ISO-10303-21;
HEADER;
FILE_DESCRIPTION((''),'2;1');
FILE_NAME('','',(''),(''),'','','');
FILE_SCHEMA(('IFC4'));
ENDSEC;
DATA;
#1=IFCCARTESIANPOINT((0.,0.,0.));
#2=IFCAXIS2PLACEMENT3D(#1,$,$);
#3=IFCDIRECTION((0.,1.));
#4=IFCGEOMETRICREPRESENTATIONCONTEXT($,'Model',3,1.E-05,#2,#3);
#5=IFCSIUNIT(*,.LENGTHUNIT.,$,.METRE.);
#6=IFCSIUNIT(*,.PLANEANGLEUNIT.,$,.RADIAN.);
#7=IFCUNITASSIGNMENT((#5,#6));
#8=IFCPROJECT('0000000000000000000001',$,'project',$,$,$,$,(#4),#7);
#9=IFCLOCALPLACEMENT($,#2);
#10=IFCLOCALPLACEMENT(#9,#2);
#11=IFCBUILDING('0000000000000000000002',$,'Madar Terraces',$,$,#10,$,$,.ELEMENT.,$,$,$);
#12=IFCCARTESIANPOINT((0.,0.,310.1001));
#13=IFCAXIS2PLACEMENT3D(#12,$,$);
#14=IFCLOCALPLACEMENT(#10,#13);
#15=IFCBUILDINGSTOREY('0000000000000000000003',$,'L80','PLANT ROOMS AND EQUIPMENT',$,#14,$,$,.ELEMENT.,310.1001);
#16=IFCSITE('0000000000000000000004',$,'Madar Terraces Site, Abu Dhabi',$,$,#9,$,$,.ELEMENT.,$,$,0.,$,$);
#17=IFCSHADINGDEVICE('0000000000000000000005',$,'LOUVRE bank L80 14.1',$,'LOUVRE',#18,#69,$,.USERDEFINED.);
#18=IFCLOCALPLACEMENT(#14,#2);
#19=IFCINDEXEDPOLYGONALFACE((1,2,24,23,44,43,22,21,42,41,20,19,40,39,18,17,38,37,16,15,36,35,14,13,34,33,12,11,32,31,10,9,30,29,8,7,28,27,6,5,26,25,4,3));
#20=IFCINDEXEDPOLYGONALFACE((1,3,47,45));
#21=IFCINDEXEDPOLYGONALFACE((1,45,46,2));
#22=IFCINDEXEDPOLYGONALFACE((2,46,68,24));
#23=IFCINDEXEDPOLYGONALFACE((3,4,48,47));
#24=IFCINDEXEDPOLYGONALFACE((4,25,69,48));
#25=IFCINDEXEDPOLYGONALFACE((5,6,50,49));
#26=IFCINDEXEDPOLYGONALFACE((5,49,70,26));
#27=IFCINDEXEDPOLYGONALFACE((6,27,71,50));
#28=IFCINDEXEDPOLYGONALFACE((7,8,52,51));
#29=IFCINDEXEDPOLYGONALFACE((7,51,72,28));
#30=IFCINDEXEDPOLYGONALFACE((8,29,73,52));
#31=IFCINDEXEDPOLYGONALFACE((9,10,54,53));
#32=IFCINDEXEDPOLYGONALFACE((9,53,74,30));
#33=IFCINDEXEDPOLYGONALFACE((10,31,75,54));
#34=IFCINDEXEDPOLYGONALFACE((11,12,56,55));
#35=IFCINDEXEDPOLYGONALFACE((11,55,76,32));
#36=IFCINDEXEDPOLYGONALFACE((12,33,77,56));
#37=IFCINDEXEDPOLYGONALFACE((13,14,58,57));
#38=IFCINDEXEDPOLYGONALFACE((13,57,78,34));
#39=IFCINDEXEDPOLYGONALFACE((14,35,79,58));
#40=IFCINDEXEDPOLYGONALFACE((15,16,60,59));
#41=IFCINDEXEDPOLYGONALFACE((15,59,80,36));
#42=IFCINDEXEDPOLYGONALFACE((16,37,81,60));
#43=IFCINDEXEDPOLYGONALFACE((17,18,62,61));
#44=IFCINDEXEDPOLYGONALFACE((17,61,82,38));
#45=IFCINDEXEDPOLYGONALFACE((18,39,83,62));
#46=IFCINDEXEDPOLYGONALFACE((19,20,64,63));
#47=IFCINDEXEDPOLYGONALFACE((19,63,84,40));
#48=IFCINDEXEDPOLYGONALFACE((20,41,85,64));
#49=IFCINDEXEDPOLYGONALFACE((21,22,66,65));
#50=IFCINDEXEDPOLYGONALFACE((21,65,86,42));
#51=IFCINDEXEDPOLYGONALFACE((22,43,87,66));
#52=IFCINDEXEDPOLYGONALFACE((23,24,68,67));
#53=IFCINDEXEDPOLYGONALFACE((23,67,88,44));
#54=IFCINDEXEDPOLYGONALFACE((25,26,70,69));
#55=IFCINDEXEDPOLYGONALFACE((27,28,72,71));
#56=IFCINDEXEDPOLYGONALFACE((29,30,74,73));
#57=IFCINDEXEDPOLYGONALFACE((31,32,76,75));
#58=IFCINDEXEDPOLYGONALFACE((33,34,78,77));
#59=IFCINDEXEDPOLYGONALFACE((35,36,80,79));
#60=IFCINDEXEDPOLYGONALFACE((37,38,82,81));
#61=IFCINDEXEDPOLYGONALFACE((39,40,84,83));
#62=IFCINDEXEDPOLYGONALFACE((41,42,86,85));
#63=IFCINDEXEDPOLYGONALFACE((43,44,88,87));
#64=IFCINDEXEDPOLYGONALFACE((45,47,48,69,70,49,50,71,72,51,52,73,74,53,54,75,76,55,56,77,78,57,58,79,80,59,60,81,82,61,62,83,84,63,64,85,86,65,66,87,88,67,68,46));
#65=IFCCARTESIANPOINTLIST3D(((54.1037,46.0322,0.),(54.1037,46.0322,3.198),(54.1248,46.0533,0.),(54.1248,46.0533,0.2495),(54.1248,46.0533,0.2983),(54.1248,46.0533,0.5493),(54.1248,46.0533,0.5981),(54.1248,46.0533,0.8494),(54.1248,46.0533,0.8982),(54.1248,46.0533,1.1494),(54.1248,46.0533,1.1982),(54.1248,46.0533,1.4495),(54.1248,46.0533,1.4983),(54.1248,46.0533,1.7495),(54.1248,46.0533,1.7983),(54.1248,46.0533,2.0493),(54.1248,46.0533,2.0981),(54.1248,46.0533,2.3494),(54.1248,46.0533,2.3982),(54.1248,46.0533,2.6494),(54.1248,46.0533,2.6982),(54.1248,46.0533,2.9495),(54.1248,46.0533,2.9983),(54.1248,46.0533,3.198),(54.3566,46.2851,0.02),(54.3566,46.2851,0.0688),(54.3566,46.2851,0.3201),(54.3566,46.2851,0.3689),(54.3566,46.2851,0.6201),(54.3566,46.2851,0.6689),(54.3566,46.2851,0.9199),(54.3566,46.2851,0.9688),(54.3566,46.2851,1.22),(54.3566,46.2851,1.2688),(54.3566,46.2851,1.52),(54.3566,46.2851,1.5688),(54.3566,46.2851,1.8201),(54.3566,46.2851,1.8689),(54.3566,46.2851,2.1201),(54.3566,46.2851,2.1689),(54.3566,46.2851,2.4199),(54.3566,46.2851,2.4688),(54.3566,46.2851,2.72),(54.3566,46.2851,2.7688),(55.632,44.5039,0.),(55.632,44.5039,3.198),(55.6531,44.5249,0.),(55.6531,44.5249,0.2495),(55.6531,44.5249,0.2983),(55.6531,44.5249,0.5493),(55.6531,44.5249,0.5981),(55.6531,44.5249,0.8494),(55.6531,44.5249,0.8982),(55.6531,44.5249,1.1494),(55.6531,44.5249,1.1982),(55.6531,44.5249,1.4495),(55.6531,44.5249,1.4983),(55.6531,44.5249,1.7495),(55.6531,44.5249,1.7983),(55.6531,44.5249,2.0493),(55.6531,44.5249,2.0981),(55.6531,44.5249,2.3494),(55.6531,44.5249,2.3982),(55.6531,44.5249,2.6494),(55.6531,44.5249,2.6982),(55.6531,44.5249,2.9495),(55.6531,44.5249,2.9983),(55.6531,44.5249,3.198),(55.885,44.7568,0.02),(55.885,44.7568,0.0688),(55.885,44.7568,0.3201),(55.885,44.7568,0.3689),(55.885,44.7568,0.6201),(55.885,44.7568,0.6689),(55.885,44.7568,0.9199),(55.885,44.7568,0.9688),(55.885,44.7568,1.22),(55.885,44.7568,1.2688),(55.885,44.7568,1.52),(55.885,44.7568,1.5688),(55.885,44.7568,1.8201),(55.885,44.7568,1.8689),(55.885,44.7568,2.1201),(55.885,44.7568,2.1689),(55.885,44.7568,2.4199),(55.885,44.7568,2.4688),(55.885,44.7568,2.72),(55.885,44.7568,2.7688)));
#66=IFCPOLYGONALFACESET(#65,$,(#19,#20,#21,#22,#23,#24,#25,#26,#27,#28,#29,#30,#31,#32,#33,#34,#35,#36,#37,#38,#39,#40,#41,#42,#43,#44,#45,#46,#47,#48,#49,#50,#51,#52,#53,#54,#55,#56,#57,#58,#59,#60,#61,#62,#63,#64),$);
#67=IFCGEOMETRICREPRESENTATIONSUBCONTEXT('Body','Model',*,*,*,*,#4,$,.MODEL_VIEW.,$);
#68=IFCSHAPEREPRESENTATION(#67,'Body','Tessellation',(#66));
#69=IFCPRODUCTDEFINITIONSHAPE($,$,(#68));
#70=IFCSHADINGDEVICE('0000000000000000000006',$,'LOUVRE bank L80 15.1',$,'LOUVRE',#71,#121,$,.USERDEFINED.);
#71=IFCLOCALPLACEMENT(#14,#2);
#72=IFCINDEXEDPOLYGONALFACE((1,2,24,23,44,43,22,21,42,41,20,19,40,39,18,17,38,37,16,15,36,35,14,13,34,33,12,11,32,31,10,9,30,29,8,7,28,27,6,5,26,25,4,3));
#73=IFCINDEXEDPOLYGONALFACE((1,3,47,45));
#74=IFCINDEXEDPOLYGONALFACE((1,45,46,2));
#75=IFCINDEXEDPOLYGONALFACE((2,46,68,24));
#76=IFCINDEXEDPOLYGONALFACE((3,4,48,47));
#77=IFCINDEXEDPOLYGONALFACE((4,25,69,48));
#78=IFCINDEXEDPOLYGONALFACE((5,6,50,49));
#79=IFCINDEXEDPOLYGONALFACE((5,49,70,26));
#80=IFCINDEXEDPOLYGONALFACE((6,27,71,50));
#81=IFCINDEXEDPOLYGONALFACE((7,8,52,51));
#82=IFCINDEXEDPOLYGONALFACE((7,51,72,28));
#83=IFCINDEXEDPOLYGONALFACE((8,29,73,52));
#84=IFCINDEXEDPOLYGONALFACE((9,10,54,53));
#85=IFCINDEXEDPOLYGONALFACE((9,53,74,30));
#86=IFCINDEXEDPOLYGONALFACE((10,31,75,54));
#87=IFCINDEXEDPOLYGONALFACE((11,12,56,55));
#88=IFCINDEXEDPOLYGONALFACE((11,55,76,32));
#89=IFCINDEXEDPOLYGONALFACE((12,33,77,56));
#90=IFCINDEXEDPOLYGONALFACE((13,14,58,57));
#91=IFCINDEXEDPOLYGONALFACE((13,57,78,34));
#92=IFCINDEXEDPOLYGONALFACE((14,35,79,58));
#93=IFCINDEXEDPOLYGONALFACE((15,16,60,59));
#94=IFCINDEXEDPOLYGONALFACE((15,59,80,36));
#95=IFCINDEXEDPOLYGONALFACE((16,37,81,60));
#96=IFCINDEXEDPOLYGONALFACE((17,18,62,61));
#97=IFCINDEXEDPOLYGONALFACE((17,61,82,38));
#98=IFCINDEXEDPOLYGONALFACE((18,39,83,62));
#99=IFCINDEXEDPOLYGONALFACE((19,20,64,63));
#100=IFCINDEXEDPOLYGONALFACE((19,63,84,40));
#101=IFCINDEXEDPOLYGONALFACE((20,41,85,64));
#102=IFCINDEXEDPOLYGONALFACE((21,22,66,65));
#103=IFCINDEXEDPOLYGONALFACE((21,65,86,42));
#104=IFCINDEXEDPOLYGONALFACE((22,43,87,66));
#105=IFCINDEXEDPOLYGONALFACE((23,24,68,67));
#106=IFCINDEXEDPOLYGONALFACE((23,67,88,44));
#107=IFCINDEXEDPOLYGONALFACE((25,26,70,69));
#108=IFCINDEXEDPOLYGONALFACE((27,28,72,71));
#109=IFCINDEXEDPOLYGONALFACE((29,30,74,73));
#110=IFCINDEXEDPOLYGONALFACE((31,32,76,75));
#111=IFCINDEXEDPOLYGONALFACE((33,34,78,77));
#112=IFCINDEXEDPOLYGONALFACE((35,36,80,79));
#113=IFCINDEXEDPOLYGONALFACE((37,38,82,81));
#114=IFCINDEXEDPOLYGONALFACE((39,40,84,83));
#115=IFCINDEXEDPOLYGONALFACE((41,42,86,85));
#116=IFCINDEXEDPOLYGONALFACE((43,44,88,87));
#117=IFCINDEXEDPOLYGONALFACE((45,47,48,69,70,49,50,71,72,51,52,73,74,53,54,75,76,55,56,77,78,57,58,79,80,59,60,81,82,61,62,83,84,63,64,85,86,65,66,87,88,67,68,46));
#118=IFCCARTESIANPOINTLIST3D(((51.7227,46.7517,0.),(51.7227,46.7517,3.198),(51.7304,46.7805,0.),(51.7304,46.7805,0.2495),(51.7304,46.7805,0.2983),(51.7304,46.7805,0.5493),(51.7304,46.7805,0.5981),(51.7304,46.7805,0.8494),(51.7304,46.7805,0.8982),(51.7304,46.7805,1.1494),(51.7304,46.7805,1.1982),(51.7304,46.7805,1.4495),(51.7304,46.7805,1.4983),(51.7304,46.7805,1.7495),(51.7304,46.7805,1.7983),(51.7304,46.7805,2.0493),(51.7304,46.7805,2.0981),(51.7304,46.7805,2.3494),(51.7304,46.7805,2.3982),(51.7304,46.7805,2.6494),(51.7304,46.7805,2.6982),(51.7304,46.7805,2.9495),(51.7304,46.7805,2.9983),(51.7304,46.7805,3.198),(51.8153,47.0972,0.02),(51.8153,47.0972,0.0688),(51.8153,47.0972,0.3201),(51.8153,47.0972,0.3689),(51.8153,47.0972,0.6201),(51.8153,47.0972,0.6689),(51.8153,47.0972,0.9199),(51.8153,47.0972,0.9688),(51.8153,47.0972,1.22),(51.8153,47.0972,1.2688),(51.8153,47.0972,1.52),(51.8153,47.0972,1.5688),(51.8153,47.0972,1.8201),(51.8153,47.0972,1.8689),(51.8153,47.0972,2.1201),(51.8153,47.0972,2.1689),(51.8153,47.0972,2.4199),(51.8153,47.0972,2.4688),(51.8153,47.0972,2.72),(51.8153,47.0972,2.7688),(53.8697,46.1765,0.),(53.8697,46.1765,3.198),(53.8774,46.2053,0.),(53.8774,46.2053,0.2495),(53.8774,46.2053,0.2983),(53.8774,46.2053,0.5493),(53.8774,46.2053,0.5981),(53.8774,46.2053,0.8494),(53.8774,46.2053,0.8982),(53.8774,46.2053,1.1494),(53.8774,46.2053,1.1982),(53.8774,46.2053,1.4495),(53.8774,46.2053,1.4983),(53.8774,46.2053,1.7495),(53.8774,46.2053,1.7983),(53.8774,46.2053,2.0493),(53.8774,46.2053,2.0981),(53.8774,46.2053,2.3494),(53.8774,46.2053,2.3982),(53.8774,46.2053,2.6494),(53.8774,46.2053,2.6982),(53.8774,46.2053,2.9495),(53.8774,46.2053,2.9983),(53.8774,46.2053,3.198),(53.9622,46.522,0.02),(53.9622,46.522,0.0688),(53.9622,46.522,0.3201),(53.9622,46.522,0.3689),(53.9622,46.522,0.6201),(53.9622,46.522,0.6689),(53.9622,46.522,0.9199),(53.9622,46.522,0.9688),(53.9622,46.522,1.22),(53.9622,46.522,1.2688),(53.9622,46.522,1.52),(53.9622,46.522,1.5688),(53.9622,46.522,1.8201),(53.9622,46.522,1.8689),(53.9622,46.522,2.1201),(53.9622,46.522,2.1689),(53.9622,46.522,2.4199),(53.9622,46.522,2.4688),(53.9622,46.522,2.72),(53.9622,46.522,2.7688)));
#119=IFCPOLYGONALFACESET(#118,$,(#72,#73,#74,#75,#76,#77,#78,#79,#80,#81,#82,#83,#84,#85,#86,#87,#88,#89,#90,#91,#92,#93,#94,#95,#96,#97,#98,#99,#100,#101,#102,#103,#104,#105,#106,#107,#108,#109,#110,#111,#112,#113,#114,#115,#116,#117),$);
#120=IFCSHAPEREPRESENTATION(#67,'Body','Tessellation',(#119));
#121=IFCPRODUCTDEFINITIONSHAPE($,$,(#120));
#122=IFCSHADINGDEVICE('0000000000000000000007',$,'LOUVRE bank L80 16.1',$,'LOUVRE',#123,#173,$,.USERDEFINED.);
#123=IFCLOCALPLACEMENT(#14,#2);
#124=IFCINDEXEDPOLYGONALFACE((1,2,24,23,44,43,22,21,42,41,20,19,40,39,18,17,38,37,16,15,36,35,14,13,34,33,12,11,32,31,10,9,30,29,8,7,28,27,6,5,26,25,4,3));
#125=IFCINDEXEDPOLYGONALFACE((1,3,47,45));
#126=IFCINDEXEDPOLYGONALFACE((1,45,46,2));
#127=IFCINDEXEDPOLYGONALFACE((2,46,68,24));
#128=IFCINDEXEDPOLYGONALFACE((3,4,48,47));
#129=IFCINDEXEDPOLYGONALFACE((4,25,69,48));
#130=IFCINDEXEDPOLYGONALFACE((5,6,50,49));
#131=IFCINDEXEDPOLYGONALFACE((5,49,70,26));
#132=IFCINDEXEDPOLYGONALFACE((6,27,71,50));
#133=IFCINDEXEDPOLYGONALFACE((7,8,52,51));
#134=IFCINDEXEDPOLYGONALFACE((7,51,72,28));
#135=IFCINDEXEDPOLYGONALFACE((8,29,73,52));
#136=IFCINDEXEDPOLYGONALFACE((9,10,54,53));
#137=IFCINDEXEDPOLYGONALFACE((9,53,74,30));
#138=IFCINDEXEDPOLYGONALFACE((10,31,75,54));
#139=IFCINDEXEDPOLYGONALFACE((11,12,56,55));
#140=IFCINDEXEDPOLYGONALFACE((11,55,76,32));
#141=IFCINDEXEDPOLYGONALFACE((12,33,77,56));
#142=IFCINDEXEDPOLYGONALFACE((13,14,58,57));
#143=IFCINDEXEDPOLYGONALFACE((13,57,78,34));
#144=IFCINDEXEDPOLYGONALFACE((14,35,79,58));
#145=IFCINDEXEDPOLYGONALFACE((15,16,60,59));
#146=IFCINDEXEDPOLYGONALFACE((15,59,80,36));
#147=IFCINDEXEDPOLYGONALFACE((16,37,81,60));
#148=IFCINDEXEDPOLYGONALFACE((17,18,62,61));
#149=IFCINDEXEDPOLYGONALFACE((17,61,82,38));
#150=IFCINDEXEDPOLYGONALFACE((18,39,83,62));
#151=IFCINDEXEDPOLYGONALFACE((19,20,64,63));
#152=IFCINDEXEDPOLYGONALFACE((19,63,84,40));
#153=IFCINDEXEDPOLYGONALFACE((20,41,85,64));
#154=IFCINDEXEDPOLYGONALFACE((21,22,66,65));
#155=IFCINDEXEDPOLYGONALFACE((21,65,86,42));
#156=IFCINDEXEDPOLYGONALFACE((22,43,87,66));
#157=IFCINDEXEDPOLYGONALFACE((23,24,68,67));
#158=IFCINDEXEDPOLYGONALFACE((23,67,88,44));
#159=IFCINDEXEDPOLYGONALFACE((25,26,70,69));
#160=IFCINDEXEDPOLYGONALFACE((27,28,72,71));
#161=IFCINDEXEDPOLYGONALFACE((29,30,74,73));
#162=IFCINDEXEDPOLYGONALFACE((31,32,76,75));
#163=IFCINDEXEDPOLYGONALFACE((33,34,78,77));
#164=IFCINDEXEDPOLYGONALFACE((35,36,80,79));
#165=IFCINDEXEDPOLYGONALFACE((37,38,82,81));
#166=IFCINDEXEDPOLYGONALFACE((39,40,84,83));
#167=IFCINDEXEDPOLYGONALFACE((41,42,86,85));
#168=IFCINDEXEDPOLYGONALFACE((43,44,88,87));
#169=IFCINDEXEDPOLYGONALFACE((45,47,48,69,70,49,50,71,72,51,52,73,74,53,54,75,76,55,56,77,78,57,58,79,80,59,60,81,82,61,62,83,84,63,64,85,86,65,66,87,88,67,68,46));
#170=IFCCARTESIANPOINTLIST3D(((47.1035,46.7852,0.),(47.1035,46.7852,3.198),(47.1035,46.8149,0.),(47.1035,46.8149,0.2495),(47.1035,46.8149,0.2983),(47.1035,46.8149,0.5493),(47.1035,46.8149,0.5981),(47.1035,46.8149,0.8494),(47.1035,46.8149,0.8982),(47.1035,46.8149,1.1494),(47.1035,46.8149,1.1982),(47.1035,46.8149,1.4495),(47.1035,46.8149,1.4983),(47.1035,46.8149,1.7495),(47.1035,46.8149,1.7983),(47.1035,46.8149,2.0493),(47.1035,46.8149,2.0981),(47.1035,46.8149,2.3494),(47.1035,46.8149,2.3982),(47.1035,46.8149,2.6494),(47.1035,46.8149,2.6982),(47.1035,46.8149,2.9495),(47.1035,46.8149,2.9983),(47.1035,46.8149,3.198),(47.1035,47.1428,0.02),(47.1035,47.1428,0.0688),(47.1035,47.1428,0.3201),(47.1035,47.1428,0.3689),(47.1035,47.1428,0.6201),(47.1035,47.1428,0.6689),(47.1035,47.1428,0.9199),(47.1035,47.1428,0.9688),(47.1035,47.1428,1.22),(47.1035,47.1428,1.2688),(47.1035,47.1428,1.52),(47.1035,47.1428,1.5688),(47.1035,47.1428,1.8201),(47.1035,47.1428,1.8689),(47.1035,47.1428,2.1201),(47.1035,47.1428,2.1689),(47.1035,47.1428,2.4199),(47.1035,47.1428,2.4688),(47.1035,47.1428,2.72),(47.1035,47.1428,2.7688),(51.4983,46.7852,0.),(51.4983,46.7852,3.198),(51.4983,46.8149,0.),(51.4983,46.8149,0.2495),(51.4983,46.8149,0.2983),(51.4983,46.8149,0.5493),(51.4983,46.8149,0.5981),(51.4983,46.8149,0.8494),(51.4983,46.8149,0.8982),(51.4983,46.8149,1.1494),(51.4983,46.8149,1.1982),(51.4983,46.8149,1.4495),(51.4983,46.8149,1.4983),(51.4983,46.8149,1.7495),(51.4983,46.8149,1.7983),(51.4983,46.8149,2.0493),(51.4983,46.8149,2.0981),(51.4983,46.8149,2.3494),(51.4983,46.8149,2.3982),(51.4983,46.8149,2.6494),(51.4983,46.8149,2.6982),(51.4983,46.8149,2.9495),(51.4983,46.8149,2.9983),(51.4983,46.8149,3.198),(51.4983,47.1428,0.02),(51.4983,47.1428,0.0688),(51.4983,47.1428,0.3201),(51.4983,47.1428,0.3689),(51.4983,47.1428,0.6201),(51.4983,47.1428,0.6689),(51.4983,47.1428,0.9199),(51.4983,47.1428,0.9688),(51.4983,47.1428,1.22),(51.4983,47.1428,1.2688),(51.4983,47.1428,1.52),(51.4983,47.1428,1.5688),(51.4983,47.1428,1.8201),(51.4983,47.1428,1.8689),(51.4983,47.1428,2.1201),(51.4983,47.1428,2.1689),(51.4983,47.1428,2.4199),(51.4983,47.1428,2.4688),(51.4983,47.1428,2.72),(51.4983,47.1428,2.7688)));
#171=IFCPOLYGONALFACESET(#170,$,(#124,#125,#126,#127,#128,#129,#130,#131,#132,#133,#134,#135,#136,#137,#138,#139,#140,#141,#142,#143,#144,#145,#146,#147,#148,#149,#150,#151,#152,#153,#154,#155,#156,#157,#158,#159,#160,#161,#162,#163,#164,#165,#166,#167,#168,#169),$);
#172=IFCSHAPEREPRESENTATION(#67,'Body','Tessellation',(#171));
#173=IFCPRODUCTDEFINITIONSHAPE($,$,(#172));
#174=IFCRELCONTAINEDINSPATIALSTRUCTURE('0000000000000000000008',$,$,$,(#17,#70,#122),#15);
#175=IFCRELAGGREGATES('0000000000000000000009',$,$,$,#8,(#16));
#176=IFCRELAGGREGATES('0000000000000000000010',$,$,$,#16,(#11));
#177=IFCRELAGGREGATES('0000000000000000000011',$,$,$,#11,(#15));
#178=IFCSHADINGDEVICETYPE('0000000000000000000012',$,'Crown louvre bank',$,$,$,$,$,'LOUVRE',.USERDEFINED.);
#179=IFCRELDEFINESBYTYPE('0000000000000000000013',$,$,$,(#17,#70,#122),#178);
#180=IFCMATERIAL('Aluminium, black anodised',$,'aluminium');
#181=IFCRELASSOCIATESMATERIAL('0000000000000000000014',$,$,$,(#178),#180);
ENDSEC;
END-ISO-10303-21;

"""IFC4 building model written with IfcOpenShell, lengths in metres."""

from ifc_helpers import new_model, si_unit, direction, frame, origin, place, context, subcontext, project, spatial, polyline, outline, extrude, material, type_object, element, save


model = new_model("IFC4")

# Units and contexts
model_context = context("Model", 3, precision=1e-05, world=origin(), true_north=direction((0.0, 1.0)))
body_context = subcontext(model_context, "Body", "Model", "MODEL_VIEW")
ifc_project = project(units=[si_unit("LENGTHUNIT", "METRE"), si_unit("PLANEANGLEUNIT", "RADIAN")], contexts=[model_context])

# Site, building, storey
site_placement = place(None, origin())
site = spatial("IfcSite", under=ifc_project, at=site_placement, Name="Madar Terraces Site, Abu Dhabi", CompositionType="ELEMENT", RefElevation=0.0)
building_placement = place(site_placement, origin())
building = spatial("IfcBuilding", under=site, at=building_placement, Name="Madar Terraces", CompositionType="ELEMENT")
storey_placement = place(building_placement, frame((0.0, 0.0, 310.1001)))
storey = spatial("IfcBuildingStorey", under=building, at=storey_placement, Name="L80", Description="PLANT ROOMS AND EQUIPMENT", CompositionType="ELEMENT", Elevation=310.1001)

# Shading devices
ifc_material_1 = material(Name="Aluminium, black anodised", Category="aluminium")
shading_device_type = type_object("IfcShadingDeviceType", Name="Crown louvre bank", ElementType="LOUVRE", PredefinedType="USERDEFINED", material=ifc_material_1)
shading_device_1_placement = place(storey_placement, frame((55.6426, 44.5144, 0.0), z_axis=(-0.707107, 0.707107, 0.0), x_axis=(-0.707107, -0.707107, 0.0)))
element("IfcShadingDevice", 1, at=shading_device_1_placement, inside=storey, type_object=shading_device_type, Name="LOUVRE bank L80 14.1", ObjectType="LOUVRE", PredefinedType="USERDEFINED", context=body_context, shape_type="SweptSolid", body=[
    extrude(outline(polyline([(0.0149, 0.0), (-0.0149, 0.0), (-0.0149, 0.2495), (-0.3428, 0.02), (-0.3428, 0.0688), (-0.0149, 0.2983), (-0.0149, 0.5493), (-0.3428, 0.3201), (-0.3428, 0.3689), (-0.0149, 0.5981), (-0.0149, 0.8494), (-0.3428, 0.6201), (-0.3428, 0.6689), (-0.0149, 0.8982), (-0.0149, 1.1494), (-0.3428, 0.9199), (-0.3428, 0.9688), (-0.0149, 1.1982), (-0.0149, 1.4495), (-0.3428, 1.22), (-0.3428, 1.2688), (-0.0149, 1.4983), (-0.0149, 1.7495), (-0.3428, 1.52), (-0.3428, 1.5688), (-0.0149, 1.7983), (-0.0149, 2.0493), (-0.3428, 1.8201), (-0.3428, 1.8689), (-0.0149, 2.0981), (-0.0149, 2.3494), (-0.3428, 2.1201), (-0.3428, 2.1689), (-0.0149, 2.3982), (-0.0149, 2.6494), (-0.3428, 2.4199), (-0.3428, 2.4688), (-0.0149, 2.6982), (-0.0149, 2.9495), (-0.3428, 2.72), (-0.3428, 2.7688), (-0.0149, 2.9983), (-0.0149, 3.198), (0.0149, 3.198), (0.0149, 0.0)])), origin(), (0.0, 0.0, 1.0), 2.1614),
])
shading_device_2_placement = place(storey_placement, frame((53.8735, 46.1909, 0.0), z_axis=(-0.965935, 0.258784, 0.0), x_axis=(-0.258784, -0.965935, 0.0)))
element("IfcShadingDevice", 2, at=shading_device_2_placement, inside=storey, type_object=shading_device_type, Name="LOUVRE bank L80 15.1", ObjectType="LOUVRE", PredefinedType="USERDEFINED", context=body_context, shape_type="SweptSolid", body=[
    extrude(outline(polyline([(0.0149, 0.0), (-0.0149, 0.0), (-0.0149, 0.2495), (-0.3428, 0.02), (-0.3428, 0.0688), (-0.0149, 0.2983), (-0.0149, 0.5493), (-0.3428, 0.3201), (-0.3428, 0.3689), (-0.0149, 0.5981), (-0.0149, 0.8494), (-0.3428, 0.6201), (-0.3428, 0.6689), (-0.0149, 0.8982), (-0.0149, 1.1494), (-0.3428, 0.9199), (-0.3428, 0.9688), (-0.0149, 1.1982), (-0.0149, 1.4495), (-0.3428, 1.22), (-0.3428, 1.2688), (-0.0149, 1.4983), (-0.0149, 1.7495), (-0.3428, 1.52), (-0.3428, 1.5688), (-0.0149, 1.7983), (-0.0149, 2.0493), (-0.3428, 1.8201), (-0.3428, 1.8689), (-0.0149, 2.0981), (-0.0149, 2.3494), (-0.3428, 2.1201), (-0.3428, 2.1689), (-0.0149, 2.3982), (-0.0149, 2.6494), (-0.3428, 2.4199), (-0.3428, 2.4688), (-0.0149, 2.6982), (-0.0149, 2.9495), (-0.3428, 2.72), (-0.3428, 2.7688), (-0.0149, 2.9983), (-0.0149, 3.198), (0.0149, 3.198), (0.0149, 0.0)])), origin(), (0.0, 0.0, 1.0), 2.2227),
])
shading_device_3_placement = place(storey_placement, frame((51.4983, 46.8, 0.0), z_axis=(-1.0, 0.0, 0.0), x_axis=(0.0, -1.0, 0.0)))
element("IfcShadingDevice", 3, at=shading_device_3_placement, inside=storey, type_object=shading_device_type, Name="LOUVRE bank L80 16.1", ObjectType="LOUVRE", PredefinedType="USERDEFINED", context=body_context, shape_type="SweptSolid", body=[
    extrude(outline(polyline([(0.0149, 0.0), (-0.0149, 0.0), (-0.0149, 0.2495), (-0.3428, 0.02), (-0.3428, 0.0688), (-0.0149, 0.2983), (-0.0149, 0.5493), (-0.3428, 0.3201), (-0.3428, 0.3689), (-0.0149, 0.5981), (-0.0149, 0.8494), (-0.3428, 0.6201), (-0.3428, 0.6689), (-0.0149, 0.8982), (-0.0149, 1.1494), (-0.3428, 0.9199), (-0.3428, 0.9688), (-0.0149, 1.1982), (-0.0149, 1.4495), (-0.3428, 1.22), (-0.3428, 1.2688), (-0.0149, 1.4983), (-0.0149, 1.7495), (-0.3428, 1.52), (-0.3428, 1.5688), (-0.0149, 1.7983), (-0.0149, 2.0493), (-0.3428, 1.8201), (-0.3428, 1.8689), (-0.0149, 2.0981), (-0.0149, 2.3494), (-0.3428, 2.1201), (-0.3428, 2.1689), (-0.0149, 2.3982), (-0.0149, 2.6494), (-0.3428, 2.4199), (-0.3428, 2.4688), (-0.0149, 2.6982), (-0.0149, 2.9495), (-0.3428, 2.72), (-0.3428, 2.7688), (-0.0149, 2.9983), (-0.0149, 3.198), (0.0149, 3.198), (0.0149, 0.0)])), origin(), (0.0, 0.0, 1.0), 4.3948),
])

save(model, "model.ifc")
